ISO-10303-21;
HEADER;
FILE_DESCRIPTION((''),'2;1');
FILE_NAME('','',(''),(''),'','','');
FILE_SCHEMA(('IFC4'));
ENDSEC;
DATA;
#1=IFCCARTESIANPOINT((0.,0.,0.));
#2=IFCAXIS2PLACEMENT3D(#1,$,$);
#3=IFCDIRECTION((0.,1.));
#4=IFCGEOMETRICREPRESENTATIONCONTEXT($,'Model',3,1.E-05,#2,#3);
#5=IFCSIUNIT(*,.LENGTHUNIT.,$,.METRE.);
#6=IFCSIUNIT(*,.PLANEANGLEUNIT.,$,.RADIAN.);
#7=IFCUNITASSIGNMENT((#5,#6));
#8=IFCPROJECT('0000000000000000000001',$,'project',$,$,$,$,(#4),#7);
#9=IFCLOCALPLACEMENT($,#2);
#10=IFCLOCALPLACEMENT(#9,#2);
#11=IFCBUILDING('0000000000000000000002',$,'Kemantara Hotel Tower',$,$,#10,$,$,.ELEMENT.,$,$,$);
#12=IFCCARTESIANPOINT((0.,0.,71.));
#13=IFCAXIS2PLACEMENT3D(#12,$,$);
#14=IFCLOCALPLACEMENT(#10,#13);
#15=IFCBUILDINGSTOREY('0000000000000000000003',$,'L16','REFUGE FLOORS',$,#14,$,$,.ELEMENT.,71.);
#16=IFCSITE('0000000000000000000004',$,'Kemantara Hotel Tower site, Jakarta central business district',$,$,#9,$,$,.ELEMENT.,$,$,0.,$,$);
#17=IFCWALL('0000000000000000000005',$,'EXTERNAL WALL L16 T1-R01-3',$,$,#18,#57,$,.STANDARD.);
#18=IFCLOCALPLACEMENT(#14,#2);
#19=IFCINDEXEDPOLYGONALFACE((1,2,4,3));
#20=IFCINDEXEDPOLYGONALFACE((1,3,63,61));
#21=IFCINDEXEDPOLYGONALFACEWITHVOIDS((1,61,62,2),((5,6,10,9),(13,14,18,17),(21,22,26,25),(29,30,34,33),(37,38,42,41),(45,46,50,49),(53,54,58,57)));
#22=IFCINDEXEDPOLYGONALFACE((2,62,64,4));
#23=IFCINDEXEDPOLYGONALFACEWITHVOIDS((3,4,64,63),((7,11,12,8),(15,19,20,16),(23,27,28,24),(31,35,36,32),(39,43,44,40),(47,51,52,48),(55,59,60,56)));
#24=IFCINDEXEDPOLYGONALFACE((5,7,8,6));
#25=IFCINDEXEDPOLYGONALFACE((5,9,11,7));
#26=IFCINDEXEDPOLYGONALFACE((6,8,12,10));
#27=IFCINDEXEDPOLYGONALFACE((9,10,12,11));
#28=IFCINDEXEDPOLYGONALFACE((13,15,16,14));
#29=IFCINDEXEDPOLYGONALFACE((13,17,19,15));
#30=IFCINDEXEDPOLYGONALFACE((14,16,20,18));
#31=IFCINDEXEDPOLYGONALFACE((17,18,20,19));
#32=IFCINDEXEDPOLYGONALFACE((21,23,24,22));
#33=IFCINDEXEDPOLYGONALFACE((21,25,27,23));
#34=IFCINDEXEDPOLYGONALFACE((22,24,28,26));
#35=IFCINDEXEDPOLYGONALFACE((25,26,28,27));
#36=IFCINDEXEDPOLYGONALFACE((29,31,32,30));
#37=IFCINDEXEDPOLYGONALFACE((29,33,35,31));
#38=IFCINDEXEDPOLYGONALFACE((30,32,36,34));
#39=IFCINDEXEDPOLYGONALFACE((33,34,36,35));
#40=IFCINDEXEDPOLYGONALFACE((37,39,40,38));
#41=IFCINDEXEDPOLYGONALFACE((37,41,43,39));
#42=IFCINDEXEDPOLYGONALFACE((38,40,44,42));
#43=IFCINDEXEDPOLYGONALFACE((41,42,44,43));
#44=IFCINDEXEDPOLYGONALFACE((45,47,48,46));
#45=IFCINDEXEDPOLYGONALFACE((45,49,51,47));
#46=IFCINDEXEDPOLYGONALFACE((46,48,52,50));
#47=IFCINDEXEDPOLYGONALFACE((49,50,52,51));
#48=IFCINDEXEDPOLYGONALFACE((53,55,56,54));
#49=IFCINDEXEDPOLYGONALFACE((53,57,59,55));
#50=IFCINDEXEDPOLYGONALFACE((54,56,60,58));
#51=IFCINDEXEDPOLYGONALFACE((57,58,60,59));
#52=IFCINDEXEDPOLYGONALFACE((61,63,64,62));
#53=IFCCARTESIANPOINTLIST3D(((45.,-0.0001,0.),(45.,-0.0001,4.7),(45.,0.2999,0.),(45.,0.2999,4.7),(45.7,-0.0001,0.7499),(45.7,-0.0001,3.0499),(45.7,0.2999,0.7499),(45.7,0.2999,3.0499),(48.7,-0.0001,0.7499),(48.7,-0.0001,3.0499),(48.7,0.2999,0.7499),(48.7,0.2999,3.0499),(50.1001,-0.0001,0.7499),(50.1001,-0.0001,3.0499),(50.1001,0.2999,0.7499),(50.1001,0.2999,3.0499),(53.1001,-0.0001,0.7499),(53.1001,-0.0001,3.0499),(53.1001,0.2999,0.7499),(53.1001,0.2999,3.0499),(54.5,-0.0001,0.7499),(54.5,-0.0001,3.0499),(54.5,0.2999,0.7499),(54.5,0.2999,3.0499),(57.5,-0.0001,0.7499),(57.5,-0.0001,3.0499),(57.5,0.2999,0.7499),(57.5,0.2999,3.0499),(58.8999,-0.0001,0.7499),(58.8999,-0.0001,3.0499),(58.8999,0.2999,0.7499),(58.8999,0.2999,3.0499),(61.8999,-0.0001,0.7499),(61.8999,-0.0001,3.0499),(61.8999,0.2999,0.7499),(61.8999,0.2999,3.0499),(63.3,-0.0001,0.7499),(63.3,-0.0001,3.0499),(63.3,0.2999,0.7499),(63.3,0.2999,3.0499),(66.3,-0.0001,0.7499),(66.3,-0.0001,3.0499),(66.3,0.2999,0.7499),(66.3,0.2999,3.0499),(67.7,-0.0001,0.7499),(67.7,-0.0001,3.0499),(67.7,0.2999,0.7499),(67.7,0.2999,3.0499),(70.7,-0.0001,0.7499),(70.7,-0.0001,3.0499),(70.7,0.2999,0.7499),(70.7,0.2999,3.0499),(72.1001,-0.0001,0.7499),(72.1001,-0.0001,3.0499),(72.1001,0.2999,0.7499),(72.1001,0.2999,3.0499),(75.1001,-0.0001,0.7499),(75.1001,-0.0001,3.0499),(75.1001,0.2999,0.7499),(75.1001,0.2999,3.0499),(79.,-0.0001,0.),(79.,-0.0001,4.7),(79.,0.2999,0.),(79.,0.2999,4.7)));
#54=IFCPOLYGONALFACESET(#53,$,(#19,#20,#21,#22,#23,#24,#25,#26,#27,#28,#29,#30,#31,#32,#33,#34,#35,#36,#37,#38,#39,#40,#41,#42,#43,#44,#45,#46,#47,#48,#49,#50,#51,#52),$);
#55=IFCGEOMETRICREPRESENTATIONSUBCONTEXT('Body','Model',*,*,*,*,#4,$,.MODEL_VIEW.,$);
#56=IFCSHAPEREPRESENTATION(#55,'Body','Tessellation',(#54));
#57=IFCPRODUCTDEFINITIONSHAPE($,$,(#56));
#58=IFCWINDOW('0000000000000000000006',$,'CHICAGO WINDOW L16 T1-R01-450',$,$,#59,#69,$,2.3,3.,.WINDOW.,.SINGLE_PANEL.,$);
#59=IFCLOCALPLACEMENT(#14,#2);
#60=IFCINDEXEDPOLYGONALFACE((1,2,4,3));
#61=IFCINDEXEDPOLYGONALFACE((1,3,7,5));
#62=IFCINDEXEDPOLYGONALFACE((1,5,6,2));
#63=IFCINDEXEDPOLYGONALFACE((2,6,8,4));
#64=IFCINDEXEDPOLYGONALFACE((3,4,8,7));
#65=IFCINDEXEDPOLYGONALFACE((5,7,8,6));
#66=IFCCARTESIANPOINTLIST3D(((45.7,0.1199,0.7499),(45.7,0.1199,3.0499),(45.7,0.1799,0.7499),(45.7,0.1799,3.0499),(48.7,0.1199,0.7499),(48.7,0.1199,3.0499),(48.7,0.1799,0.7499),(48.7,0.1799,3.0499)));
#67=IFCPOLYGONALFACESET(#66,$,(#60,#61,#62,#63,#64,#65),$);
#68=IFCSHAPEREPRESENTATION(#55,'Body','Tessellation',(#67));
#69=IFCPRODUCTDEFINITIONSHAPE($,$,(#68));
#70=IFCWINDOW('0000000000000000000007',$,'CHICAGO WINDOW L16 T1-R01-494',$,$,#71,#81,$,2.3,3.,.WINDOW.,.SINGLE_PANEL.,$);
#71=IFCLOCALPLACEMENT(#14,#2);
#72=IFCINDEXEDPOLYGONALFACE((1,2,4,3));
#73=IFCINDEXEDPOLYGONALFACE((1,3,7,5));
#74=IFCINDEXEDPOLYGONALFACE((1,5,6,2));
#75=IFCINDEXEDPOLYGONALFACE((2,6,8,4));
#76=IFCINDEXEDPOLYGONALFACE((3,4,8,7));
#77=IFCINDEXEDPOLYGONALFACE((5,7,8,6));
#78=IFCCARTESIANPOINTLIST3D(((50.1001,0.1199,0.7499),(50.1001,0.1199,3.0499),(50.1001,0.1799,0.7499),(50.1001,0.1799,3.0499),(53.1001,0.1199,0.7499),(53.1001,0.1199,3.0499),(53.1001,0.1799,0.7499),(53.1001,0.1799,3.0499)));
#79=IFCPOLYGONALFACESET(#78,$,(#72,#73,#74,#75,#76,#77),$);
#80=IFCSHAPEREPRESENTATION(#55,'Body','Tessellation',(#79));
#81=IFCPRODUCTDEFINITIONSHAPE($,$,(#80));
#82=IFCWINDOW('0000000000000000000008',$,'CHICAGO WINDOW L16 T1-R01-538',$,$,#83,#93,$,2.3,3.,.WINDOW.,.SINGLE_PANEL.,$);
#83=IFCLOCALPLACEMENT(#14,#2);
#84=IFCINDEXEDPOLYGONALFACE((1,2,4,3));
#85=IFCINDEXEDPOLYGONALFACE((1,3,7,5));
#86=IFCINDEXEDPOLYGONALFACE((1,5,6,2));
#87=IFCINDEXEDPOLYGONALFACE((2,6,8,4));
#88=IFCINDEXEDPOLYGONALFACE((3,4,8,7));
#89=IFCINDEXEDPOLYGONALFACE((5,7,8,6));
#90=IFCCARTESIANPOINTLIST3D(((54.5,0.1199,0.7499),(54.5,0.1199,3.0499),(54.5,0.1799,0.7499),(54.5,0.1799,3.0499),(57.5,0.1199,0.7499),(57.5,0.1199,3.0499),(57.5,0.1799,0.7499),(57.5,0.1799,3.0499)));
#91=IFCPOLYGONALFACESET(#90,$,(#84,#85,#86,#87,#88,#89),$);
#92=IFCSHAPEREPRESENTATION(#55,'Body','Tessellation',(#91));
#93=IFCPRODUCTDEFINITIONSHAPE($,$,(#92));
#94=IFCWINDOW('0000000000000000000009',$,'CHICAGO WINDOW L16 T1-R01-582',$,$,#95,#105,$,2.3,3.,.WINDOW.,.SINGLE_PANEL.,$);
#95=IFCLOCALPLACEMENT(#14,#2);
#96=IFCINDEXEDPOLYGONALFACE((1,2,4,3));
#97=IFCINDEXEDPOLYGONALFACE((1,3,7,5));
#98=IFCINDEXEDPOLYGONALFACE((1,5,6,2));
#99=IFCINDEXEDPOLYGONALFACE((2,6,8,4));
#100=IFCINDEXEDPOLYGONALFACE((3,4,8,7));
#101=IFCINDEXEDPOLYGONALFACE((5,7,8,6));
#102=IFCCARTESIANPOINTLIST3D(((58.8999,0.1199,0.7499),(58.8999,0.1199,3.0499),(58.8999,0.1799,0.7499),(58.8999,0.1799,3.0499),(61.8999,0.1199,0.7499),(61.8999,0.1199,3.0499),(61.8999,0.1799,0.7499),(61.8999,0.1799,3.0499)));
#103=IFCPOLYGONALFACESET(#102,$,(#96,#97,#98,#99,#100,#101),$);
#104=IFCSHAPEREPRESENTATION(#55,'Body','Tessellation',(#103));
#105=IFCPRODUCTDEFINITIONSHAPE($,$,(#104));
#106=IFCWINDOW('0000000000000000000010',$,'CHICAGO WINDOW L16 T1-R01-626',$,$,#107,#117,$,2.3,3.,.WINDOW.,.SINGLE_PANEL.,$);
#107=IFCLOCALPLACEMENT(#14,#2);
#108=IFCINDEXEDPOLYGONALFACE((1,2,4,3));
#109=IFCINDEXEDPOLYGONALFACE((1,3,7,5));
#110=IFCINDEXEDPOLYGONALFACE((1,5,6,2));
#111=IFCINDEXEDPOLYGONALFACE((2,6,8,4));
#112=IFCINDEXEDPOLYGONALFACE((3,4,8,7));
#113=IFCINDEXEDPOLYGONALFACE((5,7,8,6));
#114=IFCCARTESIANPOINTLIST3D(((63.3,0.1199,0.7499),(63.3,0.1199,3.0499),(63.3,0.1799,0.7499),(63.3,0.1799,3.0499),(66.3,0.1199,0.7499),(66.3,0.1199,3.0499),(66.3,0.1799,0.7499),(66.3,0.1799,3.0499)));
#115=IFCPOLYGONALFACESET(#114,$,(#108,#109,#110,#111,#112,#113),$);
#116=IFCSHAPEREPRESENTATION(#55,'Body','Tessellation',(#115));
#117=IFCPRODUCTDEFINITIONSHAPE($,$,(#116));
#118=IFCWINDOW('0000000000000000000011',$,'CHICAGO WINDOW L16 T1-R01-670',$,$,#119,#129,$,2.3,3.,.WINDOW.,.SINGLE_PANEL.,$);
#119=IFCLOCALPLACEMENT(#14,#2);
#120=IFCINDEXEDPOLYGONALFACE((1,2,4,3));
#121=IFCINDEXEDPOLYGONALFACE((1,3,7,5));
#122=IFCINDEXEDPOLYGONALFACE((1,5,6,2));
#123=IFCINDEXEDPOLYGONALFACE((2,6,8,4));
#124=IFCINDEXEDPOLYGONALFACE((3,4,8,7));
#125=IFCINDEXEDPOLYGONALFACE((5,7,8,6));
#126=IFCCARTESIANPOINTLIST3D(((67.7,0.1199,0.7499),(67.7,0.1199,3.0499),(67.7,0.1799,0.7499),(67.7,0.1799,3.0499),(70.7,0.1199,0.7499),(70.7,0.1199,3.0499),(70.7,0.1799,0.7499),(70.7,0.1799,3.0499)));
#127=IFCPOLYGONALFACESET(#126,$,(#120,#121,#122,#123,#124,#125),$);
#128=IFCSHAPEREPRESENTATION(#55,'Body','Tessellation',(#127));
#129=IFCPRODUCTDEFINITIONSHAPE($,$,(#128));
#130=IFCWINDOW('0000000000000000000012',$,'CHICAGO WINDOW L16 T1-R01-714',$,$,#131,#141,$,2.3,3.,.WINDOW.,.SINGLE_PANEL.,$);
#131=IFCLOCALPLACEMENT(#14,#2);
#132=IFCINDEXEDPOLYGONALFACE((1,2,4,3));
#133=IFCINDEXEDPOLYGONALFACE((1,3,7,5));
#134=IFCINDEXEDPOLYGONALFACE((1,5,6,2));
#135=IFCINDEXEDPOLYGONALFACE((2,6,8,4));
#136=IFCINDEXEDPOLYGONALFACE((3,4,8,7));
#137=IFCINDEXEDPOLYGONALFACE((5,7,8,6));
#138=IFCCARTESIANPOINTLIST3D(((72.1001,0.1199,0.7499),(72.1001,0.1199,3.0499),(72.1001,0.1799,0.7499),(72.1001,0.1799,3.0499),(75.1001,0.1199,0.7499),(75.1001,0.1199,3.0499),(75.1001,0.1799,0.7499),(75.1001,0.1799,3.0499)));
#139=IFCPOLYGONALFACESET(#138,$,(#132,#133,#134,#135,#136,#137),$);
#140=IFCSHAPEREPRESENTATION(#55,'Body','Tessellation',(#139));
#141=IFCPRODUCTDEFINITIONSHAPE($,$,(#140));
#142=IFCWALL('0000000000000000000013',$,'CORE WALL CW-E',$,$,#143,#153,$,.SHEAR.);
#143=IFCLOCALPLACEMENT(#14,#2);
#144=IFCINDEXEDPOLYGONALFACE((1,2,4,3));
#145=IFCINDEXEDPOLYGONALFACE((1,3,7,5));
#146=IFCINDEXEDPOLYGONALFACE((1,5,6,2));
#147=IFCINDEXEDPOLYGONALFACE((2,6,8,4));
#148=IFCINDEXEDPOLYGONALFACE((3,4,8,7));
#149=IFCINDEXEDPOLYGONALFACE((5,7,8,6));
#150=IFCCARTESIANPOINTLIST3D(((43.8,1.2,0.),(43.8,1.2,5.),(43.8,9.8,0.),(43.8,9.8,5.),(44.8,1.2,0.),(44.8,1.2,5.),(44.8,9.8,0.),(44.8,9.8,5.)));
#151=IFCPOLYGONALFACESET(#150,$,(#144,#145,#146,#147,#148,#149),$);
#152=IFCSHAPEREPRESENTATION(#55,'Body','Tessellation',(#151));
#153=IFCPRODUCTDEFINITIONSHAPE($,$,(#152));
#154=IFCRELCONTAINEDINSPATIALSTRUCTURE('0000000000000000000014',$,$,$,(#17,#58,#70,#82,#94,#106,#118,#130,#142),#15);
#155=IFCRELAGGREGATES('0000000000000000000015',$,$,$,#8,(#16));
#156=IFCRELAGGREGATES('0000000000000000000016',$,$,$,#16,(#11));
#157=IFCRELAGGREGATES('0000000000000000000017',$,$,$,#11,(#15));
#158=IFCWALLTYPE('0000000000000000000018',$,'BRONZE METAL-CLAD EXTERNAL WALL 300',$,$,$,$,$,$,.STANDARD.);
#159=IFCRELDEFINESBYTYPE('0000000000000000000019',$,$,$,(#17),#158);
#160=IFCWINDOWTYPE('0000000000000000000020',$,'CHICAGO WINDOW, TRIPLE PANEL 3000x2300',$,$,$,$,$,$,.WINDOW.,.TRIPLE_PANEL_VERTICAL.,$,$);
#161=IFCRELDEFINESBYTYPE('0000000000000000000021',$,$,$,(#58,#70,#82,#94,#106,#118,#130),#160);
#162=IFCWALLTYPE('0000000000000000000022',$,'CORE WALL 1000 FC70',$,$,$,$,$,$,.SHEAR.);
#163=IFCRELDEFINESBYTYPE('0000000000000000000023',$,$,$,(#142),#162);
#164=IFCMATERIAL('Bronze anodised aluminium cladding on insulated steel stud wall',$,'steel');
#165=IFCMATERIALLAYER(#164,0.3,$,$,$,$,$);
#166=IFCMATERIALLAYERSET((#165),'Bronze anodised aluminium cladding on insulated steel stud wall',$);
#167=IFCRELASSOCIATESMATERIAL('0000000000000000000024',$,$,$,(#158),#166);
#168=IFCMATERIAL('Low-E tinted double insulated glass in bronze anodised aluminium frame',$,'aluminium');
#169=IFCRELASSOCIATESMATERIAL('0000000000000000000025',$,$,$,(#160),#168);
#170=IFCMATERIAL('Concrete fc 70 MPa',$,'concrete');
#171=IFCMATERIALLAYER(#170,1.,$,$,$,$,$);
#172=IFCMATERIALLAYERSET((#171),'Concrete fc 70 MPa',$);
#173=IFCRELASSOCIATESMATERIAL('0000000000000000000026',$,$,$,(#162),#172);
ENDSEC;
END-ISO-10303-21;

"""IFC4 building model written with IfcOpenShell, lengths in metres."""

from ifc_helpers import new_model, si_unit, direction, frame, frame_2d, origin, place, context, subcontext, project, spatial, rectangle, extrude, material, layer, layer_set, type_object, element, fill, save


model = new_model("IFC4")

# Units and contexts
model_context = context("Model", 3, precision=1e-05, world=origin(), true_north=direction((0.0, 1.0)))
body_context = subcontext(model_context, "Body", "Model", "MODEL_VIEW")
ifc_project = project(units=[si_unit("LENGTHUNIT", "METRE"), si_unit("PLANEANGLEUNIT", "RADIAN")], contexts=[model_context])

# Site, building, storey
site_placement = place(None, origin())
site = spatial("IfcSite", under=ifc_project, at=site_placement, Name="Kemantara Hotel Tower site, Jakarta central business district", CompositionType="ELEMENT", RefElevation=0.0)
building_placement = place(site_placement, origin())
building = spatial("IfcBuilding", under=site, at=building_placement, Name="Kemantara Hotel Tower", CompositionType="ELEMENT")
storey_placement = place(building_placement, frame((0.0, 0.0, 71.0)))
storey = spatial("IfcBuildingStorey", under=building, at=storey_placement, Name="L16", Description="REFUGE FLOORS", CompositionType="ELEMENT", Elevation=71.0)

# Shared definitions
ifc_material_1 = material(Name="Concrete fc 70 MPa", Category="concrete")

# Wall, openings, windows
ifc_material_2 = material(Name="Bronze anodised aluminium cladding on insulated steel stud wall", Category="steel")
ifc_layer_1 = layer(ifc_material_2, 0.3)
ifc_layer_set_1 = layer_set([ifc_layer_1], Name="Bronze anodised aluminium cladding on insulated steel stud wall")
wall_type_1 = type_object("IfcWallType", Name="BRONZE METAL-CLAD EXTERNAL WALL 300", PredefinedType="STANDARD", material=ifc_layer_set_1)
wall_1_placement = place(storey_placement, frame((45.0, 0.1499, 0.0), z_axis=(0.0, 0.0, 1.0), x_axis=(1.0, 0.0, 0.0)))
wall_1 = element("IfcWall", 1, at=wall_1_placement, inside=storey, type_object=wall_type_1, Name="EXTERNAL WALL L16 T1-R01-3", PredefinedType="STANDARD", context=body_context, shape_type="SweptSolid", body=[
    extrude(rectangle(XDim=34.0, YDim=0.3, at=frame_2d((17.0, 0.0))), origin(), (0.0, 0.0, 1.0), 4.7),
])
opening_1_placement = place(wall_1_placement, frame((0.7, 0.0, 0.75)))
opening_1 = element("IfcOpeningElement", 2, at=opening_1_placement, cuts=wall_1, PredefinedType="OPENING", context=body_context, shape_type="SweptSolid", body=[
    extrude(rectangle(XDim=3.0, YDim=2.3, at=frame_2d((1.5, 1.1499))), frame((0.0, 0.1599, 0.0), z_axis=(0.0, -1.0, 0.0), x_axis=(1.0, 0.0, 0.0)), (0.0, 0.0, 1.0), 0.3201),
])
opening_2_placement = place(wall_1_placement, frame((5.1001, 0.0, 0.75)))
opening_2 = element("IfcOpeningElement", 3, at=opening_2_placement, cuts=wall_1, PredefinedType="OPENING", context=body_context, shape_type="SweptSolid", body=[
    extrude(rectangle(XDim=3.0, YDim=2.3, at=frame_2d((1.5, 1.1499))), frame((0.0, 0.1599, 0.0), z_axis=(0.0, -1.0, 0.0), x_axis=(1.0, 0.0, 0.0)), (0.0, 0.0, 1.0), 0.3201),
])
opening_3_placement = place(wall_1_placement, frame((9.5, 0.0, 0.75)))
opening_3 = element("IfcOpeningElement", 4, at=opening_3_placement, cuts=wall_1, PredefinedType="OPENING", context=body_context, shape_type="SweptSolid", body=[
    extrude(rectangle(XDim=3.0, YDim=2.3, at=frame_2d((1.5, 1.1499))), frame((0.0, 0.1599, 0.0), z_axis=(0.0, -1.0, 0.0), x_axis=(1.0, 0.0, 0.0)), (0.0, 0.0, 1.0), 0.3201),
])
opening_4_placement = place(wall_1_placement, frame((13.8999, 0.0, 0.75)))
opening_4 = element("IfcOpeningElement", 5, at=opening_4_placement, cuts=wall_1, PredefinedType="OPENING", context=body_context, shape_type="SweptSolid", body=[
    extrude(rectangle(XDim=3.0, YDim=2.3, at=frame_2d((1.5, 1.1499))), frame((0.0, 0.1599, 0.0), z_axis=(0.0, -1.0, 0.0), x_axis=(1.0, 0.0, 0.0)), (0.0, 0.0, 1.0), 0.3201),
])
opening_5_placement = place(wall_1_placement, frame((18.3, 0.0, 0.75)))
opening_5 = element("IfcOpeningElement", 6, at=opening_5_placement, cuts=wall_1, PredefinedType="OPENING", context=body_context, shape_type="SweptSolid", body=[
    extrude(rectangle(XDim=3.0, YDim=2.3, at=frame_2d((1.5, 1.1499))), frame((0.0, 0.1599, 0.0), z_axis=(0.0, -1.0, 0.0), x_axis=(1.0, 0.0, 0.0)), (0.0, 0.0, 1.0), 0.3201),
])
opening_6_placement = place(wall_1_placement, frame((22.7, 0.0, 0.75)))
opening_6 = element("IfcOpeningElement", 7, at=opening_6_placement, cuts=wall_1, PredefinedType="OPENING", context=body_context, shape_type="SweptSolid", body=[
    extrude(rectangle(XDim=3.0, YDim=2.3, at=frame_2d((1.5, 1.1499))), frame((0.0, 0.1599, 0.0), z_axis=(0.0, -1.0, 0.0), x_axis=(1.0, 0.0, 0.0)), (0.0, 0.0, 1.0), 0.3201),
])
opening_7_placement = place(wall_1_placement, frame((27.1001, 0.0, 0.75)))
opening_7 = element("IfcOpeningElement", 8, at=opening_7_placement, cuts=wall_1, PredefinedType="OPENING", context=body_context, shape_type="SweptSolid", body=[
    extrude(rectangle(XDim=3.0, YDim=2.3, at=frame_2d((1.5, 1.1499))), frame((0.0, 0.1599, 0.0), z_axis=(0.0, -1.0, 0.0), x_axis=(1.0, 0.0, 0.0)), (0.0, 0.0, 1.0), 0.3201),
])
ifc_material_3 = material(Name="Low-E tinted double insulated glass in bronze anodised aluminium frame", Category="aluminium")
window_type = type_object("IfcWindowType", Name="CHICAGO WINDOW, TRIPLE PANEL 3000x2300", PartitioningType="TRIPLE_PANEL_VERTICAL", PredefinedType="WINDOW", material=ifc_material_3)
window_1_placement = place(opening_1_placement, origin())
window_1 = element("IfcWindow", 9, at=window_1_placement, inside=storey, type_object=window_type, Name="CHICAGO WINDOW L16 T1-R01-450", OverallHeight=2.3, OverallWidth=3.0, PartitioningType="SINGLE_PANEL", PredefinedType="WINDOW", context=body_context, shape_type="SweptSolid", body=[
    extrude(rectangle(XDim=3.0, YDim=2.3, at=frame_2d((1.5, 1.1499))), frame((0.0, 0.03, 0.0), z_axis=(0.0, -1.0, 0.0), x_axis=(1.0, 0.0, 0.0)), (0.0, 0.0, 1.0), 0.0601),
])
fill(opening_1, window_1)
window_2_placement = place(opening_2_placement, origin())
window_2 = element("IfcWindow", 10, at=window_2_placement, inside=storey, type_object=window_type, Name="CHICAGO WINDOW L16 T1-R01-494", OverallHeight=2.3, OverallWidth=3.0, PartitioningType="SINGLE_PANEL", PredefinedType="WINDOW", context=body_context, shape_type="SweptSolid", body=[
    extrude(rectangle(XDim=3.0, YDim=2.3, at=frame_2d((1.5, 1.1499))), frame((0.0, 0.03, 0.0), z_axis=(0.0, -1.0, 0.0), x_axis=(1.0, 0.0, 0.0)), (0.0, 0.0, 1.0), 0.0601),
])
fill(opening_2, window_2)
window_3_placement = place(opening_3_placement, origin())
window_3 = element("IfcWindow", 11, at=window_3_placement, inside=storey, type_object=window_type, Name="CHICAGO WINDOW L16 T1-R01-538", OverallHeight=2.3, OverallWidth=3.0, PartitioningType="SINGLE_PANEL", PredefinedType="WINDOW", context=body_context, shape_type="SweptSolid", body=[
    extrude(rectangle(XDim=3.0, YDim=2.3, at=frame_2d((1.5, 1.1499))), frame((0.0, 0.03, 0.0), z_axis=(0.0, -1.0, 0.0), x_axis=(1.0, 0.0, 0.0)), (0.0, 0.0, 1.0), 0.0601),
])
fill(opening_3, window_3)
window_4_placement = place(opening_4_placement, origin())
window_4 = element("IfcWindow", 12, at=window_4_placement, inside=storey, type_object=window_type, Name="CHICAGO WINDOW L16 T1-R01-582", OverallHeight=2.3, OverallWidth=3.0, PartitioningType="SINGLE_PANEL", PredefinedType="WINDOW", context=body_context, shape_type="SweptSolid", body=[
    extrude(rectangle(XDim=3.0, YDim=2.3, at=frame_2d((1.5, 1.1499))), frame((0.0, 0.03, 0.0), z_axis=(0.0, -1.0, 0.0), x_axis=(1.0, 0.0, 0.0)), (0.0, 0.0, 1.0), 0.0601),
])
fill(opening_4, window_4)
window_5_placement = place(opening_5_placement, origin())
window_5 = element("IfcWindow", 13, at=window_5_placement, inside=storey, type_object=window_type, Name="CHICAGO WINDOW L16 T1-R01-626", OverallHeight=2.3, OverallWidth=3.0, PartitioningType="SINGLE_PANEL", PredefinedType="WINDOW", context=body_context, shape_type="SweptSolid", body=[
    extrude(rectangle(XDim=3.0, YDim=2.3, at=frame_2d((1.5, 1.1499))), frame((0.0, 0.03, 0.0), z_axis=(0.0, -1.0, 0.0), x_axis=(1.0, 0.0, 0.0)), (0.0, 0.0, 1.0), 0.0601),
])
fill(opening_5, window_5)
window_6_placement = place(opening_6_placement, origin())
window_6 = element("IfcWindow", 14, at=window_6_placement, inside=storey, type_object=window_type, Name="CHICAGO WINDOW L16 T1-R01-670", OverallHeight=2.3, OverallWidth=3.0, PartitioningType="SINGLE_PANEL", PredefinedType="WINDOW", context=body_context, shape_type="SweptSolid", body=[
    extrude(rectangle(XDim=3.0, YDim=2.3, at=frame_2d((1.5, 1.1499))), frame((0.0, 0.03, 0.0), z_axis=(0.0, -1.0, 0.0), x_axis=(1.0, 0.0, 0.0)), (0.0, 0.0, 1.0), 0.0601),
])
fill(opening_6, window_6)
window_7_placement = place(opening_7_placement, origin())
window_7 = element("IfcWindow", 15, at=window_7_placement, inside=storey, type_object=window_type, Name="CHICAGO WINDOW L16 T1-R01-714", OverallHeight=2.3, OverallWidth=3.0, PartitioningType="SINGLE_PANEL", PredefinedType="WINDOW", context=body_context, shape_type="SweptSolid", body=[
    extrude(rectangle(XDim=3.0, YDim=2.3, at=frame_2d((1.5, 1.1499))), frame((0.0, 0.03, 0.0), z_axis=(0.0, -1.0, 0.0), x_axis=(1.0, 0.0, 0.0)), (0.0, 0.0, 1.0), 0.0601),
])
fill(opening_7, window_7)

# Wall
ifc_layer_2 = layer(ifc_material_1, 1.0)
ifc_layer_set_2 = layer_set([ifc_layer_2], Name="Concrete fc 70 MPa")
wall_type_2 = type_object("IfcWallType", Name="CORE WALL 1000 FC70", PredefinedType="SHEAR", material=ifc_layer_set_2)
wall_2_placement = place(storey_placement, frame((44.3, 1.2, 0.0), z_axis=(0.0, 0.0, 1.0), x_axis=(0.0, 1.0, 0.0)))
element("IfcWall", 16, at=wall_2_placement, inside=storey, type_object=wall_type_2, Name="CORE WALL CW-E", PredefinedType="SHEAR", context=body_context, shape_type="SweptSolid", body=[
    extrude(rectangle(XDim=8.6001, YDim=1.0, at=frame_2d((4.3, 0.0))), origin(), (0.0, 0.0, 1.0), 5.0),
])

save(model, "model.ifc")
